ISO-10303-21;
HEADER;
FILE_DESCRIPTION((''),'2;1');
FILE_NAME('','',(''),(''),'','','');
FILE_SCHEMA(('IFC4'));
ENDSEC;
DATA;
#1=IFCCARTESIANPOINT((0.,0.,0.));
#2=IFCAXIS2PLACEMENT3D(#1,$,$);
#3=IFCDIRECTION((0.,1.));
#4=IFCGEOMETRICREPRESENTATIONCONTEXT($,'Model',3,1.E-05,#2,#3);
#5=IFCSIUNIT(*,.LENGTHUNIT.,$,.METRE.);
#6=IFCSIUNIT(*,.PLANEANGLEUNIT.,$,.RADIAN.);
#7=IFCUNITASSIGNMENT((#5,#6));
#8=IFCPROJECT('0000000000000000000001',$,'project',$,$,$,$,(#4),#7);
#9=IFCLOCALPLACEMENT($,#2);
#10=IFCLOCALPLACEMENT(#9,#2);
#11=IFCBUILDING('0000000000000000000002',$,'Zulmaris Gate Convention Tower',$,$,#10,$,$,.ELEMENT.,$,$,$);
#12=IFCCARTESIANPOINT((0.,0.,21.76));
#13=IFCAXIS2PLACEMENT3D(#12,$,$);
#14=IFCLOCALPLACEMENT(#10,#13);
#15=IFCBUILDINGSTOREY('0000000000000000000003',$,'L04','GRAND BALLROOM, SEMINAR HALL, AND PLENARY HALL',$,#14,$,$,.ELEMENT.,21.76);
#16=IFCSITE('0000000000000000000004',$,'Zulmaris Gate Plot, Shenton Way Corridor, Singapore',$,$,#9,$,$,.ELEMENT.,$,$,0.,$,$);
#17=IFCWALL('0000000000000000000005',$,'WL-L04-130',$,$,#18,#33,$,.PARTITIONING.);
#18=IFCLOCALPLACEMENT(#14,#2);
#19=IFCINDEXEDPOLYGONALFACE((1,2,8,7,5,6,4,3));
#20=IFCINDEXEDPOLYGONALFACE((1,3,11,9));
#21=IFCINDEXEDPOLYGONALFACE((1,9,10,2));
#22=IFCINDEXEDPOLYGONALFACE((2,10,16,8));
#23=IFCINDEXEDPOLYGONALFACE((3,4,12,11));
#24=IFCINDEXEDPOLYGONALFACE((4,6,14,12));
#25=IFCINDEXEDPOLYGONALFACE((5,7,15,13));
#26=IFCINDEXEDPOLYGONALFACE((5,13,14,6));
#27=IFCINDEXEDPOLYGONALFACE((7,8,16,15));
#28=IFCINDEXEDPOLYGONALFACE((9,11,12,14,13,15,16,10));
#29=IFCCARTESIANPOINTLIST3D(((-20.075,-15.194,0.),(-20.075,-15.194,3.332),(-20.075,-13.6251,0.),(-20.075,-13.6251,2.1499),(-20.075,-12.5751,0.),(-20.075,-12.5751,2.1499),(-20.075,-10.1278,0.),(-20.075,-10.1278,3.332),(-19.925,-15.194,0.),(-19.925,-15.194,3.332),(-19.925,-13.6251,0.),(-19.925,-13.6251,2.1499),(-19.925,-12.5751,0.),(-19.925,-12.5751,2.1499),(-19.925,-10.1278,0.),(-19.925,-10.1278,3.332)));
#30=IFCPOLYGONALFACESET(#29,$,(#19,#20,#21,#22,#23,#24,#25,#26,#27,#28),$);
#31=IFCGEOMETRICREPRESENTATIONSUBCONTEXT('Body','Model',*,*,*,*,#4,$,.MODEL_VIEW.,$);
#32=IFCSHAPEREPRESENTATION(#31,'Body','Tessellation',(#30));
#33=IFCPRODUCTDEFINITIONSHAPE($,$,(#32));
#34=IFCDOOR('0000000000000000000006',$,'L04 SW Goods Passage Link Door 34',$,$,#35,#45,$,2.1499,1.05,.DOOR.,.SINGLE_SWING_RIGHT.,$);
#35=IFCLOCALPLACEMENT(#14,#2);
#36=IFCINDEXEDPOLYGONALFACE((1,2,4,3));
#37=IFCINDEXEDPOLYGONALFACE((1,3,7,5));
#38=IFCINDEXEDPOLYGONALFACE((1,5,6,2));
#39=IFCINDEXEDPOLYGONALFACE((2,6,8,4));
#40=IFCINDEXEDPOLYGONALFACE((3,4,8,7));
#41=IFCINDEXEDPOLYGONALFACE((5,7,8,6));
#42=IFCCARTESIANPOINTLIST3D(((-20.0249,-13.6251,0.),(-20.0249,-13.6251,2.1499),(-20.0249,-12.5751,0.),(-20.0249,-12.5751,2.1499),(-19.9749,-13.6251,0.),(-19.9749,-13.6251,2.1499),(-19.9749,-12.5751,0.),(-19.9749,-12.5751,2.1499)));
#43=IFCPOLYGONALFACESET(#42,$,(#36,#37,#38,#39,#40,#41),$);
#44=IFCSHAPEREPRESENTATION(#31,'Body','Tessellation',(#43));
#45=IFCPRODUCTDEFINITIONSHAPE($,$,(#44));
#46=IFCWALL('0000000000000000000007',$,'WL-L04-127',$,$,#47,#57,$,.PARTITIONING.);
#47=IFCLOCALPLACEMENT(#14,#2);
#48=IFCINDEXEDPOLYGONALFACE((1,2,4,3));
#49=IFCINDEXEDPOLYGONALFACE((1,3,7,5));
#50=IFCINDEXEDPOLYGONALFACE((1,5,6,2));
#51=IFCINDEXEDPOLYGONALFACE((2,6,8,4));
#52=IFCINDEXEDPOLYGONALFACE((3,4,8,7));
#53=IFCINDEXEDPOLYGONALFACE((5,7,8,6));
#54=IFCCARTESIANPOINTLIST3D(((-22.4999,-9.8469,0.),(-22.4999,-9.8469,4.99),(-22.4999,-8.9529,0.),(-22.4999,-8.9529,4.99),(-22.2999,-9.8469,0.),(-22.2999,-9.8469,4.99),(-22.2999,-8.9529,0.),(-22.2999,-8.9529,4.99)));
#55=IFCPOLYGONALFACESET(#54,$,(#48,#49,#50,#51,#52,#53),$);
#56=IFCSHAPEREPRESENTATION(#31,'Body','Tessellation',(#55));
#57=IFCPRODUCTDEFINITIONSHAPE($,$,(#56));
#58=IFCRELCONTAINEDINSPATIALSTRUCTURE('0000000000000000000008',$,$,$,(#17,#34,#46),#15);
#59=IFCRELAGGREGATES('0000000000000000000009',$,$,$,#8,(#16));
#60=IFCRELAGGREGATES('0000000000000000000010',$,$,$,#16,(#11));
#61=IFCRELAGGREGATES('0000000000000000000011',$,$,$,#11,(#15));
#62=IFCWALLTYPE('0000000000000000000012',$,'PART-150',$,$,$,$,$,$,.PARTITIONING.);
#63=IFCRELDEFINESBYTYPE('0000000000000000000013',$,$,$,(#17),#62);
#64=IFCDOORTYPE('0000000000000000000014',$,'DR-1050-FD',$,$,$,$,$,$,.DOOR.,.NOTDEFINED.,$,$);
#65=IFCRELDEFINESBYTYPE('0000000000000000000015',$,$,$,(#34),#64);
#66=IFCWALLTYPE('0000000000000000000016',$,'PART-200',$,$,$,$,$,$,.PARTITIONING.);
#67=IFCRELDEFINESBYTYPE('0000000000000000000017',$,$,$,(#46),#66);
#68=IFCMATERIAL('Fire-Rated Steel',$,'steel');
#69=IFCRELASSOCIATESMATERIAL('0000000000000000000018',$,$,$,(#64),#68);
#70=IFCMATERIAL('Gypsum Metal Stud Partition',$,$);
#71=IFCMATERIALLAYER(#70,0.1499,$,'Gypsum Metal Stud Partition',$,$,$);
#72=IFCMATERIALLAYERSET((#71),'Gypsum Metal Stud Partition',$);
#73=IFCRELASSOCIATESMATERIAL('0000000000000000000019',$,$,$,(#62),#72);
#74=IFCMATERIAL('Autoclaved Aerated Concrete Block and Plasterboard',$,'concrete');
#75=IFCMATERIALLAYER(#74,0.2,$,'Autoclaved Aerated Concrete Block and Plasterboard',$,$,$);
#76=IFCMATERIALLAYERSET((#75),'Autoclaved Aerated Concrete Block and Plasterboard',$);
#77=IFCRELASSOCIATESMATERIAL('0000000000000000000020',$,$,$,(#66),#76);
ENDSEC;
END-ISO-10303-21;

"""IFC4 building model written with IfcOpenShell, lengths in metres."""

from ifc_helpers import new_model, si_unit, direction, frame, frame_2d, origin, place, context, subcontext, project, spatial, rectangle, extrude, material, layer, layer_set, type_object, element, fill, save


model = new_model("IFC4")

# Units and contexts
model_context = context("Model", 3, precision=1e-05, world=origin(), true_north=direction((0.0, 1.0)))
body_context = subcontext(model_context, "Body", "Model", "MODEL_VIEW")
ifc_project = project(units=[si_unit("LENGTHUNIT", "METRE"), si_unit("PLANEANGLEUNIT", "RADIAN")], contexts=[model_context])

# Site, building, storey
site_placement = place(None, origin())
site = spatial("IfcSite", under=ifc_project, at=site_placement, Name="Zulmaris Gate Plot, Shenton Way Corridor, Singapore", CompositionType="ELEMENT", RefElevation=0.0)
building_placement = place(site_placement, origin())
building = spatial("IfcBuilding", under=site, at=building_placement, Name="Zulmaris Gate Convention Tower", CompositionType="ELEMENT")
storey_placement = place(building_placement, frame((0.0, 0.0, 21.76)))
storey = spatial("IfcBuildingStorey", under=building, at=storey_placement, Name="L04", Description="GRAND BALLROOM, SEMINAR HALL, AND PLENARY HALL", CompositionType="ELEMENT", Elevation=21.76)

# Shared definitions
ifc_material_1 = material(Name="Fire-Rated Steel", Category="steel")
door_type_1 = type_object("IfcDoorType", Name="DR-1050-FD", OperationType="NOTDEFINED", PredefinedType="DOOR", material=ifc_material_1)
ifc_material_2 = material(Name="Gypsum Metal Stud Partition")
ifc_layer_1 = layer(ifc_material_2, 0.1499, Name="Gypsum Metal Stud Partition")
ifc_layer_set_1 = layer_set([ifc_layer_1], Name="Gypsum Metal Stud Partition")
wall_type_1 = type_object("IfcWallType", Name="PART-150", PredefinedType="PARTITIONING", material=ifc_layer_set_1)

# Wall, opening, door
wall_1_placement = place(storey_placement, frame((-20.0, -15.1941, 0.0), z_axis=(0.0, 0.0, 1.0), x_axis=(0.0, 1.0, 0.0)))
wall_1 = element("IfcWall", 1, at=wall_1_placement, inside=storey, type_object=wall_type_1, Name="WL-L04-130", PredefinedType="PARTITIONING", context=body_context, shape_type="SweptSolid", body=[
    extrude(rectangle(XDim=5.0662, YDim=0.1499, at=frame_2d((2.5332, 0.0))), origin(), (0.0, 0.0, 1.0), 3.332),
])
opening_1_placement = place(wall_1_placement, frame((1.5691, 0.0, 0.0)))
opening_1 = element("IfcOpeningElement", 2, at=opening_1_placement, cuts=wall_1, PredefinedType="OPENING", context=body_context, shape_type="SweptSolid", body=[
    extrude(rectangle(XDim=1.05, YDim=2.1499, at=frame_2d((0.5249, 1.075))), frame((0.0, 0.085, 0.0), z_axis=(0.0, -1.0, 0.0), x_axis=(1.0, 0.0, 0.0)), (0.0, 0.0, 1.0), 0.1699),
])
door_1_placement = place(opening_1_placement, origin())
door_1 = element("IfcDoor", 3, at=door_1_placement, inside=storey, type_object=door_type_1, Name="L04 SW Goods Passage Link Door 34", OperationType="SINGLE_SWING_RIGHT", OverallHeight=2.1499, OverallWidth=1.05, PredefinedType="DOOR", context=body_context, shape_type="SweptSolid", body=[
    extrude(rectangle(XDim=1.05, YDim=2.1499, at=frame_2d((0.5249, 1.075))), frame((0.0, 0.0249, 0.0), z_axis=(0.0, -1.0, 0.0), x_axis=(1.0, 0.0, 0.0)), (0.0, 0.0, 1.0), 0.05),
])
fill(opening_1, door_1)
ifc_material_3 = material(Name="Autoclaved Aerated Concrete Block and Plasterboard", Category="concrete")
ifc_layer_2 = layer(ifc_material_3, 0.2, Name="Autoclaved Aerated Concrete Block and Plasterboard")
ifc_layer_set_2 = layer_set([ifc_layer_2], Name="Autoclaved Aerated Concrete Block and Plasterboard")
wall_type_2 = type_object("IfcWallType", Name="PART-200", PredefinedType="PARTITIONING", material=ifc_layer_set_2)

# Wall
wall_2_placement = place(storey_placement, frame((-22.3999, -9.8469, 0.0), z_axis=(0.0, 0.0, 1.0), x_axis=(0.0, 1.0, 0.0)))
element("IfcWall", 4, at=wall_2_placement, inside=storey, type_object=wall_type_2, Name="WL-L04-127", PredefinedType="PARTITIONING", context=body_context, shape_type="SweptSolid", body=[
    extrude(rectangle(XDim=0.894, YDim=0.2, at=frame_2d((0.447, 0.0))), origin(), (0.0, 0.0, 1.0), 4.99),
])

save(model, "model.ifc")
